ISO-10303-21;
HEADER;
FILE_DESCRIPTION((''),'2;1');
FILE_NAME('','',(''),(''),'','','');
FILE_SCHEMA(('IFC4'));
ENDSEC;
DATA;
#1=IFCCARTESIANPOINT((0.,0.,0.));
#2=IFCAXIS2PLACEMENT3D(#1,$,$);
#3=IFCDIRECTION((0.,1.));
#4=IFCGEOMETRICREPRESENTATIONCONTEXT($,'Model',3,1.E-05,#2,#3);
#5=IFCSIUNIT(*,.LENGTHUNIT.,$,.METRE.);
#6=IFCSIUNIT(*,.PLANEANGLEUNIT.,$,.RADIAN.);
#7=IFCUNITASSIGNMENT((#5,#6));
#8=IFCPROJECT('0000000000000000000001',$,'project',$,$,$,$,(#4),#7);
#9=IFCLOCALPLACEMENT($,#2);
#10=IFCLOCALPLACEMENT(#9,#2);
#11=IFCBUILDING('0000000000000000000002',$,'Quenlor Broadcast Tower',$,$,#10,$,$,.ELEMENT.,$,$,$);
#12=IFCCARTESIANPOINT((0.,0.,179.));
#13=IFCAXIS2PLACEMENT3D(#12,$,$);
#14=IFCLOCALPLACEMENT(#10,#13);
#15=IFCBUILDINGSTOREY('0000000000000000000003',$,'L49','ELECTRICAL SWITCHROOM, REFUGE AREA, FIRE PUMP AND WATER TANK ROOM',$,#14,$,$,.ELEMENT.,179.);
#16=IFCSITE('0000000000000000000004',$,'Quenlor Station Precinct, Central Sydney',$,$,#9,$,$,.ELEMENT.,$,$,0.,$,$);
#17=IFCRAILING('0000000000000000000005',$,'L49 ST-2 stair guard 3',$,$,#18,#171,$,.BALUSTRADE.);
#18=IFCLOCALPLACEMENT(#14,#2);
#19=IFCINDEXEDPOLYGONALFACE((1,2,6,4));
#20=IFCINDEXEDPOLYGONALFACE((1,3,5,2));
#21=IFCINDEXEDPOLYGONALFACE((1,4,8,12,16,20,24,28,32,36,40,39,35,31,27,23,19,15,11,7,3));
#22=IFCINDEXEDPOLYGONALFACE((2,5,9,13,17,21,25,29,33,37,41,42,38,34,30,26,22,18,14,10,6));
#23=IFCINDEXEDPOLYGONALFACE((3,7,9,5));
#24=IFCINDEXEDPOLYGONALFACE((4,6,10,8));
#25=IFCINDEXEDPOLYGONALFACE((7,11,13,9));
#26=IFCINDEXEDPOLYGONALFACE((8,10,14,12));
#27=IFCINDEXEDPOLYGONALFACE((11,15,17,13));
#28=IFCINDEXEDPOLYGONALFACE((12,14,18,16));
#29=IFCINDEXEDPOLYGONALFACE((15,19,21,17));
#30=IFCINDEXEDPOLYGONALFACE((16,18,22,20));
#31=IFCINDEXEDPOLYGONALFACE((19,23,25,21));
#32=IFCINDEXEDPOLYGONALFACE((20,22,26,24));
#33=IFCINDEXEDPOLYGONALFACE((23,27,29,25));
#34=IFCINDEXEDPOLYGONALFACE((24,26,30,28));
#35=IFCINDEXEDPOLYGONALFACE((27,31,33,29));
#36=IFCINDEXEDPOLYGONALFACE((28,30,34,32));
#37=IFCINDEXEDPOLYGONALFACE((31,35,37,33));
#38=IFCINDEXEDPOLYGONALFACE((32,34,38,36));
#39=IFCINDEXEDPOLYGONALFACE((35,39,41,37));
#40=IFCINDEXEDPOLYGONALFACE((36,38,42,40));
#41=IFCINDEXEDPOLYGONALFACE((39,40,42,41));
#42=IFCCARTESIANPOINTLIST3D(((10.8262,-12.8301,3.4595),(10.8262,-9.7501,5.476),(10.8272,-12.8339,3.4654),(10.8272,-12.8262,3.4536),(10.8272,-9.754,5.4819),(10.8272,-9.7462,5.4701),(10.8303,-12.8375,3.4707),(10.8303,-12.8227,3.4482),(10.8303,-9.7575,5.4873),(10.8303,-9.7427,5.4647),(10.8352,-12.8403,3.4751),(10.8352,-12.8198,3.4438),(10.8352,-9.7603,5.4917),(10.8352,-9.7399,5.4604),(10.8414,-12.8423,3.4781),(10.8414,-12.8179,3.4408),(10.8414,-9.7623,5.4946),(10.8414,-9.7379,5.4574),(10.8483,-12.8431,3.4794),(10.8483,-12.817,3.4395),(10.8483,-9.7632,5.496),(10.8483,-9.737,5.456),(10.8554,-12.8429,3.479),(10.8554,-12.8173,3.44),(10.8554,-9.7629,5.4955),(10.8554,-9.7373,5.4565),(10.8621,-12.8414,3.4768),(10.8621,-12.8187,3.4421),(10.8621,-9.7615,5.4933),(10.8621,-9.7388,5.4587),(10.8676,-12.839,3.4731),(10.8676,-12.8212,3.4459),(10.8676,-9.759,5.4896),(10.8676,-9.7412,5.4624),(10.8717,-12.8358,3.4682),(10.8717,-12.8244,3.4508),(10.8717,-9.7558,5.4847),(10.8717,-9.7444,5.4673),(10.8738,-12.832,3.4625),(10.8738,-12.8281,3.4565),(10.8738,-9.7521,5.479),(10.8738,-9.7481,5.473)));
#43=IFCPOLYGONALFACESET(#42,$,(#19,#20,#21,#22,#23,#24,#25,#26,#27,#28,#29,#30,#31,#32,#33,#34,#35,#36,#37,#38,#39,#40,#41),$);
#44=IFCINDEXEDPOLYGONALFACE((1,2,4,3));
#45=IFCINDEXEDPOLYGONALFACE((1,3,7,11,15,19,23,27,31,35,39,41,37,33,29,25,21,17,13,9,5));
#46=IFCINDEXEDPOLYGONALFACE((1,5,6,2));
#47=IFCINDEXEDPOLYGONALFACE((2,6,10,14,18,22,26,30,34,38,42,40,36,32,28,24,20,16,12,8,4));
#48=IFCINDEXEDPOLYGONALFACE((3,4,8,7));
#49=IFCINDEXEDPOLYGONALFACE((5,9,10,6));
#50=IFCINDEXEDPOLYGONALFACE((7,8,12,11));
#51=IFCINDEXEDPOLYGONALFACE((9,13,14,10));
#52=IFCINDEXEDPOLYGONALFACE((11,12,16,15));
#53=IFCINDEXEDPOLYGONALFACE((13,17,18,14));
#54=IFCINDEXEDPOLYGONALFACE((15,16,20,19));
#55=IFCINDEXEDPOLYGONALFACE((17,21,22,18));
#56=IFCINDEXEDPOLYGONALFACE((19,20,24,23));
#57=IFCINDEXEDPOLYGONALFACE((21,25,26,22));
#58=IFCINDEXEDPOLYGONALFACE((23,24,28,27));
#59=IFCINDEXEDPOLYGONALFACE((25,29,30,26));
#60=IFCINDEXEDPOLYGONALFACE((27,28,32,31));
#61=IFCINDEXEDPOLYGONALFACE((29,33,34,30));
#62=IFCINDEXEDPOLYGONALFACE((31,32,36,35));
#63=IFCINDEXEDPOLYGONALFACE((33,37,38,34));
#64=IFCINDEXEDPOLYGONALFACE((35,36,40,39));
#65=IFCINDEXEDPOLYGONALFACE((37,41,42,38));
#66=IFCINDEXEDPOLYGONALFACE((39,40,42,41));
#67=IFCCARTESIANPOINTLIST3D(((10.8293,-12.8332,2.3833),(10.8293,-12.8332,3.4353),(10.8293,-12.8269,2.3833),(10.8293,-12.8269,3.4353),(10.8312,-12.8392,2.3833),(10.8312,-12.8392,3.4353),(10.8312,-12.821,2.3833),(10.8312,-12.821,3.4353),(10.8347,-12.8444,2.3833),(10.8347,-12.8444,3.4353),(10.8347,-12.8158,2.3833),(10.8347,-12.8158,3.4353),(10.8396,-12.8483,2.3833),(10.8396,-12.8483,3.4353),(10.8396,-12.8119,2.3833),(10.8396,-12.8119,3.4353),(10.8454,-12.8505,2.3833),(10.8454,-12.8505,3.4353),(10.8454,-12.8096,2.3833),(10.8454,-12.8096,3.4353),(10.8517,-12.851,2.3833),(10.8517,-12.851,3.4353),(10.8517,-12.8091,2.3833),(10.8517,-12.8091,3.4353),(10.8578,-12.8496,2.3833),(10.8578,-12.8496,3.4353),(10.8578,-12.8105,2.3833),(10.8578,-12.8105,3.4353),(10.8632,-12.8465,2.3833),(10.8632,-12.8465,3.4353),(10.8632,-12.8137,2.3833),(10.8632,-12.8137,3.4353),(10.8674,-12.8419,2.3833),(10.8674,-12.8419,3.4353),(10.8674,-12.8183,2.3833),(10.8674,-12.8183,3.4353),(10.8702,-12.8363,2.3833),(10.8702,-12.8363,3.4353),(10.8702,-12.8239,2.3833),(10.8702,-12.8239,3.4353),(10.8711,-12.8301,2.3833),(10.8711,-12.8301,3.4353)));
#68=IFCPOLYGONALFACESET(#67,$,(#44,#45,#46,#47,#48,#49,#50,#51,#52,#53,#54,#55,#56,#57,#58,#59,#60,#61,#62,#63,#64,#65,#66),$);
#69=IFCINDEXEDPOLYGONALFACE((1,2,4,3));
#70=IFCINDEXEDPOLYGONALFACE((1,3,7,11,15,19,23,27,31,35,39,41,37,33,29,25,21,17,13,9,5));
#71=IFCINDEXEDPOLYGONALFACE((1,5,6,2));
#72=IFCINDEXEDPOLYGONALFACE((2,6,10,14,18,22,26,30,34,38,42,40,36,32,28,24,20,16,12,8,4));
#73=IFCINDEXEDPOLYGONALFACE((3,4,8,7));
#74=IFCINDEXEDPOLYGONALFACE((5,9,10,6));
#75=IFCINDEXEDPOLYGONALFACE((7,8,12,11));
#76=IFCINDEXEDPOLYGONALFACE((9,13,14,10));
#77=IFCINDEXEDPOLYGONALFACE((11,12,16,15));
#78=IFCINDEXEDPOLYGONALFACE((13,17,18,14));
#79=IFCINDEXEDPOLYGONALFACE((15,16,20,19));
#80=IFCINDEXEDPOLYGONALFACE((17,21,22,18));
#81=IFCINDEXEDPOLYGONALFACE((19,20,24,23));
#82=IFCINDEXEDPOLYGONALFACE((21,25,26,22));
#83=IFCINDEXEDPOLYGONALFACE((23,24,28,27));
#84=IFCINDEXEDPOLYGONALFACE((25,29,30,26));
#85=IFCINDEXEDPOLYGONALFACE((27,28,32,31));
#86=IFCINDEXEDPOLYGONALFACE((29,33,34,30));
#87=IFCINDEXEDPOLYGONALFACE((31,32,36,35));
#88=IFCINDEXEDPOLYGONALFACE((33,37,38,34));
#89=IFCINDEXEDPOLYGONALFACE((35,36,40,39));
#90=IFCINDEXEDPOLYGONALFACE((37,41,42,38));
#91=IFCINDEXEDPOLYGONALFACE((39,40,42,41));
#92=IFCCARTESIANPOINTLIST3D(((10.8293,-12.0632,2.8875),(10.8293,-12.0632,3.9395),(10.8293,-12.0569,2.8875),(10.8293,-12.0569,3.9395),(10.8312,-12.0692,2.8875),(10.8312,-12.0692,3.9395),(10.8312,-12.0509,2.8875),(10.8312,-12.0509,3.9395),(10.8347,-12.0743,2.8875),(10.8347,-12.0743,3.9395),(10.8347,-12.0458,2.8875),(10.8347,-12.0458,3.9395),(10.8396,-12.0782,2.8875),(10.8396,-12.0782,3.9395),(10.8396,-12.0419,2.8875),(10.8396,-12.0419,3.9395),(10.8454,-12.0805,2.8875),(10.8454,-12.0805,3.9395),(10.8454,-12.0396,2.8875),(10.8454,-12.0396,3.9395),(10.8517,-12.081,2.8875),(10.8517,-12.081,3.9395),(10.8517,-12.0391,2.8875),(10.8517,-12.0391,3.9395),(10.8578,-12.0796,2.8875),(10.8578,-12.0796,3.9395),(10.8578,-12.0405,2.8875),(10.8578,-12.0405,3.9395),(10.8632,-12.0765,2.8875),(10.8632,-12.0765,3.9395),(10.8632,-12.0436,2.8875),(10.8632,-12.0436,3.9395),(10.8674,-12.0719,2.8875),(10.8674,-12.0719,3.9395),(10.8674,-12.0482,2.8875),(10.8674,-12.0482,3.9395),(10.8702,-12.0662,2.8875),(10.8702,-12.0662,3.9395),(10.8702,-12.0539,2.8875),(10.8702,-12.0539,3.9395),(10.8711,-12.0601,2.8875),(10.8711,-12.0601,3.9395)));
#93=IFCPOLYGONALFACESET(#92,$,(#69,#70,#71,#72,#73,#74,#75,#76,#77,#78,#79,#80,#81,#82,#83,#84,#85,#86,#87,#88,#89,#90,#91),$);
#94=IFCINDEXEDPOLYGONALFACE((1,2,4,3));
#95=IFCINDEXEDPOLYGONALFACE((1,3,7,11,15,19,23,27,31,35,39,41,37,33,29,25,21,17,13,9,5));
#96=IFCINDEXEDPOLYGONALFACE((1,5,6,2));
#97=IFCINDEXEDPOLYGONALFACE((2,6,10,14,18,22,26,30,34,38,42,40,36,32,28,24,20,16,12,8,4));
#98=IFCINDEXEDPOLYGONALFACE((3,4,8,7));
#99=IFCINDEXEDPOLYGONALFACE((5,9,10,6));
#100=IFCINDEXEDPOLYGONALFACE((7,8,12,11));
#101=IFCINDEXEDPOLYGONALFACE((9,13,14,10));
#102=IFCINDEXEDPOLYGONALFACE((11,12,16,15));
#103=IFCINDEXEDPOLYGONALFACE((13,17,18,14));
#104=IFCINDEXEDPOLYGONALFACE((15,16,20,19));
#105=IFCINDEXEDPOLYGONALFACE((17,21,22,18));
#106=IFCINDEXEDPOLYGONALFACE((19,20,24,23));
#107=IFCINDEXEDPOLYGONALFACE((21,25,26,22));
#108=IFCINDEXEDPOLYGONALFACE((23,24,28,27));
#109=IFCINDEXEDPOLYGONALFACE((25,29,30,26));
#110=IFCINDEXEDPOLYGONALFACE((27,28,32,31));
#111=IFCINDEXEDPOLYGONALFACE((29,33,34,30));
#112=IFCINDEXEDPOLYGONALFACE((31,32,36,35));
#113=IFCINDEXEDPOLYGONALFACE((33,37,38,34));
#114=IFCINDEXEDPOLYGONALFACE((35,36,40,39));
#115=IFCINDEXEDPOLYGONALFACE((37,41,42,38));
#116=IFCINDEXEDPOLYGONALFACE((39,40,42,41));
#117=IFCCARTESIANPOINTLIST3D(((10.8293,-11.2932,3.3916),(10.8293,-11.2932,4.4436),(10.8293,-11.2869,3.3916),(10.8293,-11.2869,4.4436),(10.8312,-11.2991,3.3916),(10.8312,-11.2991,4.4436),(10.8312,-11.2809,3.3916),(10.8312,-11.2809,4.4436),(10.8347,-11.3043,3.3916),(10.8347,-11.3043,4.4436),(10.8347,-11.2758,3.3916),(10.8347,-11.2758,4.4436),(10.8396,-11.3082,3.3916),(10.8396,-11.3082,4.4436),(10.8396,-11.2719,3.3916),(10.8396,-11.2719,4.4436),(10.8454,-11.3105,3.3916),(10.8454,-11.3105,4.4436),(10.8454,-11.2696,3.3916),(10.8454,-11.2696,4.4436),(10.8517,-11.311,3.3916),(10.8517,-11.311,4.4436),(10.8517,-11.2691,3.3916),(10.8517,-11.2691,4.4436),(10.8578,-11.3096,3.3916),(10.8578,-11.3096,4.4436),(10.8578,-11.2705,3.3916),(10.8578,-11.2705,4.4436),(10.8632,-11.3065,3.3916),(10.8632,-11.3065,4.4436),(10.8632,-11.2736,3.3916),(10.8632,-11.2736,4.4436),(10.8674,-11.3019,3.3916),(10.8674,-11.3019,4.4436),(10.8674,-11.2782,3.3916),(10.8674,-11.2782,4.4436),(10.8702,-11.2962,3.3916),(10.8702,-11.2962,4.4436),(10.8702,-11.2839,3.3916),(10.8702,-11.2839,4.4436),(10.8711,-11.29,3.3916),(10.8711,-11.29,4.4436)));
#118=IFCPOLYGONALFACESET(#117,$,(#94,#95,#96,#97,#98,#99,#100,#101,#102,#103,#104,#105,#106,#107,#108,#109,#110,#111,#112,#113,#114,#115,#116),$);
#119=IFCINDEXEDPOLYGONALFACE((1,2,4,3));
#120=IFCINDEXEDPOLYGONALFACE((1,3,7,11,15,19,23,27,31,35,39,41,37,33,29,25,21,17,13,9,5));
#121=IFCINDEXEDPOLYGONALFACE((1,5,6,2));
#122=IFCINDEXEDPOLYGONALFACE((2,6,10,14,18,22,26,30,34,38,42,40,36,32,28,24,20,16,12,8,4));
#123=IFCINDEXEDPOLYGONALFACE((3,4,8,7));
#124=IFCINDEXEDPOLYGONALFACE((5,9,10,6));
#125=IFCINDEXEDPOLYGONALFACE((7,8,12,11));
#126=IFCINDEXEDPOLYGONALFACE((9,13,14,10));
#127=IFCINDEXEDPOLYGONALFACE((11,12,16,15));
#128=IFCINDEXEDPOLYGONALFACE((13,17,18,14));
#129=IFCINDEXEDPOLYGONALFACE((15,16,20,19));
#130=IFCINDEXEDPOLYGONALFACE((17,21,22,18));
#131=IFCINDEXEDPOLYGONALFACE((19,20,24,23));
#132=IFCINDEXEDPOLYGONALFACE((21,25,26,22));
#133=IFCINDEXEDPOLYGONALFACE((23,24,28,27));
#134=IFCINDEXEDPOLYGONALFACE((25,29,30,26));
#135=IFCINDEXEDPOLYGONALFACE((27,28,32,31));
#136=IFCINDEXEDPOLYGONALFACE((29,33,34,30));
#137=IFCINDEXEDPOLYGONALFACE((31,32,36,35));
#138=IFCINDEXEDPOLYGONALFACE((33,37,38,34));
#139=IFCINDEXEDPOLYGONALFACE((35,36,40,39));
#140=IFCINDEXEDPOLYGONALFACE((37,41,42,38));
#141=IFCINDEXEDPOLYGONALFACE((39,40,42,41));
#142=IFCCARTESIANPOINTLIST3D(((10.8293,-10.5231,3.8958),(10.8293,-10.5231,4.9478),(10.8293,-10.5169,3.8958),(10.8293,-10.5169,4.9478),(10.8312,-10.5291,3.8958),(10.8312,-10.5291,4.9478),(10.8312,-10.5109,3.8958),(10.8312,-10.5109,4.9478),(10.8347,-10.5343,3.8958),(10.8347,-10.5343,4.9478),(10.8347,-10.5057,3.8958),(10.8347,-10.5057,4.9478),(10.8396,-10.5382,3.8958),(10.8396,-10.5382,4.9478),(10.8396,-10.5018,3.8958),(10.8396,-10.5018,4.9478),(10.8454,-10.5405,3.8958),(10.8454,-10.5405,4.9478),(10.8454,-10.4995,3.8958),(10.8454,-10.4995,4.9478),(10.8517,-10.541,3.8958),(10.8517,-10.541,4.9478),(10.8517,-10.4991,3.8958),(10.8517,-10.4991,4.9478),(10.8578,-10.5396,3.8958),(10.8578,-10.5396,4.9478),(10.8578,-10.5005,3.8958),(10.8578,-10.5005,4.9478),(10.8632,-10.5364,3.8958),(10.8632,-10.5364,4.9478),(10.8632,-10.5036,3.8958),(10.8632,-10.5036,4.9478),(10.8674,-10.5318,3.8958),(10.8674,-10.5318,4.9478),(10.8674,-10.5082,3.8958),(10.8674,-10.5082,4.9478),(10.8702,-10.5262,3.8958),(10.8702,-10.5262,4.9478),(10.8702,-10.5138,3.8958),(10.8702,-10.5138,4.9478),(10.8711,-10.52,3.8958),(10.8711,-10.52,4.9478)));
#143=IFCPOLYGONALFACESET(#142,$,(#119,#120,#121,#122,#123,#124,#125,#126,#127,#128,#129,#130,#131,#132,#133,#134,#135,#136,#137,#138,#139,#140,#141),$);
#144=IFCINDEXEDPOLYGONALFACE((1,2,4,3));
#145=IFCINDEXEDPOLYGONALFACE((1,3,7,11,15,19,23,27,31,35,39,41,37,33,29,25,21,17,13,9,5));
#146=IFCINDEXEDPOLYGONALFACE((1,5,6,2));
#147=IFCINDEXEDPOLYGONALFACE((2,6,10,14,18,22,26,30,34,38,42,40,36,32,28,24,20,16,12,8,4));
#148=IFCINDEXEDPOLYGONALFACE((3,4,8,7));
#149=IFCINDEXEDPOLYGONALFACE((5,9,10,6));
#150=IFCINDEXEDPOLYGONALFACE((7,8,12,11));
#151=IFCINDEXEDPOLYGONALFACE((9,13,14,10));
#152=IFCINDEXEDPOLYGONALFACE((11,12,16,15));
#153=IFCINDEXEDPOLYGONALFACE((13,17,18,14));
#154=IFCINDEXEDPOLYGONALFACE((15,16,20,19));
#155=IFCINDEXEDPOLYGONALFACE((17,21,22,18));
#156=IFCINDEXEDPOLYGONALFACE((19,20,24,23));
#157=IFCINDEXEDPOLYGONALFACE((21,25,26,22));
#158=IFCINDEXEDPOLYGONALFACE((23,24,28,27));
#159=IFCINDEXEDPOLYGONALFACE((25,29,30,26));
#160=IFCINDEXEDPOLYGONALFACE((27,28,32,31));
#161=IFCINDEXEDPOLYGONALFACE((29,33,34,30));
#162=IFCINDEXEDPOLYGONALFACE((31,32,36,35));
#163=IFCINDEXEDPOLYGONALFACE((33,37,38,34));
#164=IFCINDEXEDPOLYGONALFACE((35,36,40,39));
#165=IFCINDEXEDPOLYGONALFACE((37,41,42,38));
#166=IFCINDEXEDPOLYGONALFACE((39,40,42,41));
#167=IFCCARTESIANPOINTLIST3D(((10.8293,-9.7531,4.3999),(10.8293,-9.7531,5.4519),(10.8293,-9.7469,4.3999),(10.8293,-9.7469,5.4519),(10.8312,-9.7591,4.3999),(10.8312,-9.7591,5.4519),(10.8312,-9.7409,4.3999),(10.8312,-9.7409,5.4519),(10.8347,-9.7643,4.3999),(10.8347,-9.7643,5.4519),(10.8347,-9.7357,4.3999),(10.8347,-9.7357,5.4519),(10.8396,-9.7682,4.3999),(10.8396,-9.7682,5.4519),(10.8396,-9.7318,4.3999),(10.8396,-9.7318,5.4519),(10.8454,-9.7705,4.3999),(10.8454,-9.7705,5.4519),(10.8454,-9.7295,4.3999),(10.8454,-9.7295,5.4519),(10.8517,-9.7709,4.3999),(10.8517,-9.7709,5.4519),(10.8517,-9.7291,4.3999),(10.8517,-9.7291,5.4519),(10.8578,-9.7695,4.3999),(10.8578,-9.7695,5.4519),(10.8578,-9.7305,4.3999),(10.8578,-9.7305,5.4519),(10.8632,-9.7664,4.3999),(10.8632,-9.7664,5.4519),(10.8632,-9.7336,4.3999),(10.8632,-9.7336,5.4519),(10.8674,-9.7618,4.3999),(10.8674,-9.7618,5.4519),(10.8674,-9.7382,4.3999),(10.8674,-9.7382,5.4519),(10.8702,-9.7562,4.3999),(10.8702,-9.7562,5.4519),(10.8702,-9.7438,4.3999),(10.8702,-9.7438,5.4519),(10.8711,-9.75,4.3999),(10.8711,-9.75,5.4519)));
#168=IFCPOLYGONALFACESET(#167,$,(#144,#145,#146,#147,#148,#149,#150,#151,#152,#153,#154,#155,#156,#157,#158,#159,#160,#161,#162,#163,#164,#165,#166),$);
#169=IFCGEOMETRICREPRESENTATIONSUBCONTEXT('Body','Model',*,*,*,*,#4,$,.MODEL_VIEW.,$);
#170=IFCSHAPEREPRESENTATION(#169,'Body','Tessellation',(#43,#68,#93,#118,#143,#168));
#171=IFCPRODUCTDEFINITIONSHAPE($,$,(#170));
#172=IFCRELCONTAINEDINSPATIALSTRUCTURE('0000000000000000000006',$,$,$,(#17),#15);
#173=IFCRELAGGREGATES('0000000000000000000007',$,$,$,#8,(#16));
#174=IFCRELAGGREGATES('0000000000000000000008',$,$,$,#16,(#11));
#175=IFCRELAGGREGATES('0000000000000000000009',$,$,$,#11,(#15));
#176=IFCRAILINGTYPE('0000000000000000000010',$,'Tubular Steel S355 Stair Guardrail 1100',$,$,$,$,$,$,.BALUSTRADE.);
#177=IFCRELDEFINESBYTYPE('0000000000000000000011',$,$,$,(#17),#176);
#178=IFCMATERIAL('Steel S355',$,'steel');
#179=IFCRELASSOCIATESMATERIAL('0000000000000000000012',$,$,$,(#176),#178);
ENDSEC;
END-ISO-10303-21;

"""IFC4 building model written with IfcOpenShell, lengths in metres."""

from ifc_helpers import new_model, si_unit, direction, frame, origin, origin_2d, place, context, subcontext, project, spatial, circle, extrude, material, type_object, element, save


model = new_model("IFC4")

# Units and contexts
model_context = context("Model", 3, precision=1e-05, world=origin(), true_north=direction((0.0, 1.0)))
body_context = subcontext(model_context, "Body", "Model", "MODEL_VIEW")
ifc_project = project(units=[si_unit("LENGTHUNIT", "METRE"), si_unit("PLANEANGLEUNIT", "RADIAN")], contexts=[model_context])

# Site, building, storey
site_placement = place(None, origin())
site = spatial("IfcSite", under=ifc_project, at=site_placement, Name="Quenlor Station Precinct, Central Sydney", CompositionType="ELEMENT", RefElevation=0.0)
building_placement = place(site_placement, origin())
building = spatial("IfcBuilding", under=site, at=building_placement, Name="Quenlor Broadcast Tower", CompositionType="ELEMENT")
storey_placement = place(building_placement, frame((0.0, 0.0, 179.0)))
storey = spatial("IfcBuildingStorey", under=building, at=storey_placement, Name="L49", Description="ELECTRICAL SWITCHROOM, REFUGE AREA, FIRE PUMP AND WATER TANK ROOM", CompositionType="ELEMENT", Elevation=179.0)

# Railing
ifc_material_1 = material(Name="Steel S355", Category="steel")
railing_type_1 = type_object("IfcRailingType", Name="Tubular Steel S355 Stair Guardrail 1100", PredefinedType="BALUSTRADE", material=ifc_material_1)
railing_1_placement = place(storey_placement, frame((10.8501, -12.8301, 2.3833)))
element("IfcRailing", 1, at=railing_1_placement, inside=storey, type_object=railing_type_1, Name="L49 ST-2 stair guard 3", PredefinedType="BALUSTRADE", context=body_context, shape_type="SweptSolid", body=[
    extrude(circle(Radius=0.0239, at=origin_2d()), frame((0.0, 0.0, 1.0762), z_axis=(0.0, 0.836633, 0.547764), x_axis=(-1.0, 0.0, 0.0)), (0.0, 0.0, 1.0), 3.6814),
    extrude(circle(Radius=0.021, at=origin_2d()), origin(), (0.0, 0.0, 1.0), 1.052),
    extrude(circle(Radius=0.021, at=origin_2d()), frame((0.0, 0.77, 0.5042)), (0.0, 0.0, 1.0), 1.052),
    extrude(circle(Radius=0.021, at=origin_2d()), frame((0.0, 1.54, 1.0083)), (0.0, 0.0, 1.0), 1.052),
    extrude(circle(Radius=0.021, at=origin_2d()), frame((0.0, 2.3101, 1.5125)), (0.0, 0.0, 1.0), 1.052),
    extrude(circle(Radius=0.021, at=origin_2d()), frame((0.0, 3.0801, 2.0166)), (0.0, 0.0, 1.0), 1.052),
])

save(model, "model.ifc")
